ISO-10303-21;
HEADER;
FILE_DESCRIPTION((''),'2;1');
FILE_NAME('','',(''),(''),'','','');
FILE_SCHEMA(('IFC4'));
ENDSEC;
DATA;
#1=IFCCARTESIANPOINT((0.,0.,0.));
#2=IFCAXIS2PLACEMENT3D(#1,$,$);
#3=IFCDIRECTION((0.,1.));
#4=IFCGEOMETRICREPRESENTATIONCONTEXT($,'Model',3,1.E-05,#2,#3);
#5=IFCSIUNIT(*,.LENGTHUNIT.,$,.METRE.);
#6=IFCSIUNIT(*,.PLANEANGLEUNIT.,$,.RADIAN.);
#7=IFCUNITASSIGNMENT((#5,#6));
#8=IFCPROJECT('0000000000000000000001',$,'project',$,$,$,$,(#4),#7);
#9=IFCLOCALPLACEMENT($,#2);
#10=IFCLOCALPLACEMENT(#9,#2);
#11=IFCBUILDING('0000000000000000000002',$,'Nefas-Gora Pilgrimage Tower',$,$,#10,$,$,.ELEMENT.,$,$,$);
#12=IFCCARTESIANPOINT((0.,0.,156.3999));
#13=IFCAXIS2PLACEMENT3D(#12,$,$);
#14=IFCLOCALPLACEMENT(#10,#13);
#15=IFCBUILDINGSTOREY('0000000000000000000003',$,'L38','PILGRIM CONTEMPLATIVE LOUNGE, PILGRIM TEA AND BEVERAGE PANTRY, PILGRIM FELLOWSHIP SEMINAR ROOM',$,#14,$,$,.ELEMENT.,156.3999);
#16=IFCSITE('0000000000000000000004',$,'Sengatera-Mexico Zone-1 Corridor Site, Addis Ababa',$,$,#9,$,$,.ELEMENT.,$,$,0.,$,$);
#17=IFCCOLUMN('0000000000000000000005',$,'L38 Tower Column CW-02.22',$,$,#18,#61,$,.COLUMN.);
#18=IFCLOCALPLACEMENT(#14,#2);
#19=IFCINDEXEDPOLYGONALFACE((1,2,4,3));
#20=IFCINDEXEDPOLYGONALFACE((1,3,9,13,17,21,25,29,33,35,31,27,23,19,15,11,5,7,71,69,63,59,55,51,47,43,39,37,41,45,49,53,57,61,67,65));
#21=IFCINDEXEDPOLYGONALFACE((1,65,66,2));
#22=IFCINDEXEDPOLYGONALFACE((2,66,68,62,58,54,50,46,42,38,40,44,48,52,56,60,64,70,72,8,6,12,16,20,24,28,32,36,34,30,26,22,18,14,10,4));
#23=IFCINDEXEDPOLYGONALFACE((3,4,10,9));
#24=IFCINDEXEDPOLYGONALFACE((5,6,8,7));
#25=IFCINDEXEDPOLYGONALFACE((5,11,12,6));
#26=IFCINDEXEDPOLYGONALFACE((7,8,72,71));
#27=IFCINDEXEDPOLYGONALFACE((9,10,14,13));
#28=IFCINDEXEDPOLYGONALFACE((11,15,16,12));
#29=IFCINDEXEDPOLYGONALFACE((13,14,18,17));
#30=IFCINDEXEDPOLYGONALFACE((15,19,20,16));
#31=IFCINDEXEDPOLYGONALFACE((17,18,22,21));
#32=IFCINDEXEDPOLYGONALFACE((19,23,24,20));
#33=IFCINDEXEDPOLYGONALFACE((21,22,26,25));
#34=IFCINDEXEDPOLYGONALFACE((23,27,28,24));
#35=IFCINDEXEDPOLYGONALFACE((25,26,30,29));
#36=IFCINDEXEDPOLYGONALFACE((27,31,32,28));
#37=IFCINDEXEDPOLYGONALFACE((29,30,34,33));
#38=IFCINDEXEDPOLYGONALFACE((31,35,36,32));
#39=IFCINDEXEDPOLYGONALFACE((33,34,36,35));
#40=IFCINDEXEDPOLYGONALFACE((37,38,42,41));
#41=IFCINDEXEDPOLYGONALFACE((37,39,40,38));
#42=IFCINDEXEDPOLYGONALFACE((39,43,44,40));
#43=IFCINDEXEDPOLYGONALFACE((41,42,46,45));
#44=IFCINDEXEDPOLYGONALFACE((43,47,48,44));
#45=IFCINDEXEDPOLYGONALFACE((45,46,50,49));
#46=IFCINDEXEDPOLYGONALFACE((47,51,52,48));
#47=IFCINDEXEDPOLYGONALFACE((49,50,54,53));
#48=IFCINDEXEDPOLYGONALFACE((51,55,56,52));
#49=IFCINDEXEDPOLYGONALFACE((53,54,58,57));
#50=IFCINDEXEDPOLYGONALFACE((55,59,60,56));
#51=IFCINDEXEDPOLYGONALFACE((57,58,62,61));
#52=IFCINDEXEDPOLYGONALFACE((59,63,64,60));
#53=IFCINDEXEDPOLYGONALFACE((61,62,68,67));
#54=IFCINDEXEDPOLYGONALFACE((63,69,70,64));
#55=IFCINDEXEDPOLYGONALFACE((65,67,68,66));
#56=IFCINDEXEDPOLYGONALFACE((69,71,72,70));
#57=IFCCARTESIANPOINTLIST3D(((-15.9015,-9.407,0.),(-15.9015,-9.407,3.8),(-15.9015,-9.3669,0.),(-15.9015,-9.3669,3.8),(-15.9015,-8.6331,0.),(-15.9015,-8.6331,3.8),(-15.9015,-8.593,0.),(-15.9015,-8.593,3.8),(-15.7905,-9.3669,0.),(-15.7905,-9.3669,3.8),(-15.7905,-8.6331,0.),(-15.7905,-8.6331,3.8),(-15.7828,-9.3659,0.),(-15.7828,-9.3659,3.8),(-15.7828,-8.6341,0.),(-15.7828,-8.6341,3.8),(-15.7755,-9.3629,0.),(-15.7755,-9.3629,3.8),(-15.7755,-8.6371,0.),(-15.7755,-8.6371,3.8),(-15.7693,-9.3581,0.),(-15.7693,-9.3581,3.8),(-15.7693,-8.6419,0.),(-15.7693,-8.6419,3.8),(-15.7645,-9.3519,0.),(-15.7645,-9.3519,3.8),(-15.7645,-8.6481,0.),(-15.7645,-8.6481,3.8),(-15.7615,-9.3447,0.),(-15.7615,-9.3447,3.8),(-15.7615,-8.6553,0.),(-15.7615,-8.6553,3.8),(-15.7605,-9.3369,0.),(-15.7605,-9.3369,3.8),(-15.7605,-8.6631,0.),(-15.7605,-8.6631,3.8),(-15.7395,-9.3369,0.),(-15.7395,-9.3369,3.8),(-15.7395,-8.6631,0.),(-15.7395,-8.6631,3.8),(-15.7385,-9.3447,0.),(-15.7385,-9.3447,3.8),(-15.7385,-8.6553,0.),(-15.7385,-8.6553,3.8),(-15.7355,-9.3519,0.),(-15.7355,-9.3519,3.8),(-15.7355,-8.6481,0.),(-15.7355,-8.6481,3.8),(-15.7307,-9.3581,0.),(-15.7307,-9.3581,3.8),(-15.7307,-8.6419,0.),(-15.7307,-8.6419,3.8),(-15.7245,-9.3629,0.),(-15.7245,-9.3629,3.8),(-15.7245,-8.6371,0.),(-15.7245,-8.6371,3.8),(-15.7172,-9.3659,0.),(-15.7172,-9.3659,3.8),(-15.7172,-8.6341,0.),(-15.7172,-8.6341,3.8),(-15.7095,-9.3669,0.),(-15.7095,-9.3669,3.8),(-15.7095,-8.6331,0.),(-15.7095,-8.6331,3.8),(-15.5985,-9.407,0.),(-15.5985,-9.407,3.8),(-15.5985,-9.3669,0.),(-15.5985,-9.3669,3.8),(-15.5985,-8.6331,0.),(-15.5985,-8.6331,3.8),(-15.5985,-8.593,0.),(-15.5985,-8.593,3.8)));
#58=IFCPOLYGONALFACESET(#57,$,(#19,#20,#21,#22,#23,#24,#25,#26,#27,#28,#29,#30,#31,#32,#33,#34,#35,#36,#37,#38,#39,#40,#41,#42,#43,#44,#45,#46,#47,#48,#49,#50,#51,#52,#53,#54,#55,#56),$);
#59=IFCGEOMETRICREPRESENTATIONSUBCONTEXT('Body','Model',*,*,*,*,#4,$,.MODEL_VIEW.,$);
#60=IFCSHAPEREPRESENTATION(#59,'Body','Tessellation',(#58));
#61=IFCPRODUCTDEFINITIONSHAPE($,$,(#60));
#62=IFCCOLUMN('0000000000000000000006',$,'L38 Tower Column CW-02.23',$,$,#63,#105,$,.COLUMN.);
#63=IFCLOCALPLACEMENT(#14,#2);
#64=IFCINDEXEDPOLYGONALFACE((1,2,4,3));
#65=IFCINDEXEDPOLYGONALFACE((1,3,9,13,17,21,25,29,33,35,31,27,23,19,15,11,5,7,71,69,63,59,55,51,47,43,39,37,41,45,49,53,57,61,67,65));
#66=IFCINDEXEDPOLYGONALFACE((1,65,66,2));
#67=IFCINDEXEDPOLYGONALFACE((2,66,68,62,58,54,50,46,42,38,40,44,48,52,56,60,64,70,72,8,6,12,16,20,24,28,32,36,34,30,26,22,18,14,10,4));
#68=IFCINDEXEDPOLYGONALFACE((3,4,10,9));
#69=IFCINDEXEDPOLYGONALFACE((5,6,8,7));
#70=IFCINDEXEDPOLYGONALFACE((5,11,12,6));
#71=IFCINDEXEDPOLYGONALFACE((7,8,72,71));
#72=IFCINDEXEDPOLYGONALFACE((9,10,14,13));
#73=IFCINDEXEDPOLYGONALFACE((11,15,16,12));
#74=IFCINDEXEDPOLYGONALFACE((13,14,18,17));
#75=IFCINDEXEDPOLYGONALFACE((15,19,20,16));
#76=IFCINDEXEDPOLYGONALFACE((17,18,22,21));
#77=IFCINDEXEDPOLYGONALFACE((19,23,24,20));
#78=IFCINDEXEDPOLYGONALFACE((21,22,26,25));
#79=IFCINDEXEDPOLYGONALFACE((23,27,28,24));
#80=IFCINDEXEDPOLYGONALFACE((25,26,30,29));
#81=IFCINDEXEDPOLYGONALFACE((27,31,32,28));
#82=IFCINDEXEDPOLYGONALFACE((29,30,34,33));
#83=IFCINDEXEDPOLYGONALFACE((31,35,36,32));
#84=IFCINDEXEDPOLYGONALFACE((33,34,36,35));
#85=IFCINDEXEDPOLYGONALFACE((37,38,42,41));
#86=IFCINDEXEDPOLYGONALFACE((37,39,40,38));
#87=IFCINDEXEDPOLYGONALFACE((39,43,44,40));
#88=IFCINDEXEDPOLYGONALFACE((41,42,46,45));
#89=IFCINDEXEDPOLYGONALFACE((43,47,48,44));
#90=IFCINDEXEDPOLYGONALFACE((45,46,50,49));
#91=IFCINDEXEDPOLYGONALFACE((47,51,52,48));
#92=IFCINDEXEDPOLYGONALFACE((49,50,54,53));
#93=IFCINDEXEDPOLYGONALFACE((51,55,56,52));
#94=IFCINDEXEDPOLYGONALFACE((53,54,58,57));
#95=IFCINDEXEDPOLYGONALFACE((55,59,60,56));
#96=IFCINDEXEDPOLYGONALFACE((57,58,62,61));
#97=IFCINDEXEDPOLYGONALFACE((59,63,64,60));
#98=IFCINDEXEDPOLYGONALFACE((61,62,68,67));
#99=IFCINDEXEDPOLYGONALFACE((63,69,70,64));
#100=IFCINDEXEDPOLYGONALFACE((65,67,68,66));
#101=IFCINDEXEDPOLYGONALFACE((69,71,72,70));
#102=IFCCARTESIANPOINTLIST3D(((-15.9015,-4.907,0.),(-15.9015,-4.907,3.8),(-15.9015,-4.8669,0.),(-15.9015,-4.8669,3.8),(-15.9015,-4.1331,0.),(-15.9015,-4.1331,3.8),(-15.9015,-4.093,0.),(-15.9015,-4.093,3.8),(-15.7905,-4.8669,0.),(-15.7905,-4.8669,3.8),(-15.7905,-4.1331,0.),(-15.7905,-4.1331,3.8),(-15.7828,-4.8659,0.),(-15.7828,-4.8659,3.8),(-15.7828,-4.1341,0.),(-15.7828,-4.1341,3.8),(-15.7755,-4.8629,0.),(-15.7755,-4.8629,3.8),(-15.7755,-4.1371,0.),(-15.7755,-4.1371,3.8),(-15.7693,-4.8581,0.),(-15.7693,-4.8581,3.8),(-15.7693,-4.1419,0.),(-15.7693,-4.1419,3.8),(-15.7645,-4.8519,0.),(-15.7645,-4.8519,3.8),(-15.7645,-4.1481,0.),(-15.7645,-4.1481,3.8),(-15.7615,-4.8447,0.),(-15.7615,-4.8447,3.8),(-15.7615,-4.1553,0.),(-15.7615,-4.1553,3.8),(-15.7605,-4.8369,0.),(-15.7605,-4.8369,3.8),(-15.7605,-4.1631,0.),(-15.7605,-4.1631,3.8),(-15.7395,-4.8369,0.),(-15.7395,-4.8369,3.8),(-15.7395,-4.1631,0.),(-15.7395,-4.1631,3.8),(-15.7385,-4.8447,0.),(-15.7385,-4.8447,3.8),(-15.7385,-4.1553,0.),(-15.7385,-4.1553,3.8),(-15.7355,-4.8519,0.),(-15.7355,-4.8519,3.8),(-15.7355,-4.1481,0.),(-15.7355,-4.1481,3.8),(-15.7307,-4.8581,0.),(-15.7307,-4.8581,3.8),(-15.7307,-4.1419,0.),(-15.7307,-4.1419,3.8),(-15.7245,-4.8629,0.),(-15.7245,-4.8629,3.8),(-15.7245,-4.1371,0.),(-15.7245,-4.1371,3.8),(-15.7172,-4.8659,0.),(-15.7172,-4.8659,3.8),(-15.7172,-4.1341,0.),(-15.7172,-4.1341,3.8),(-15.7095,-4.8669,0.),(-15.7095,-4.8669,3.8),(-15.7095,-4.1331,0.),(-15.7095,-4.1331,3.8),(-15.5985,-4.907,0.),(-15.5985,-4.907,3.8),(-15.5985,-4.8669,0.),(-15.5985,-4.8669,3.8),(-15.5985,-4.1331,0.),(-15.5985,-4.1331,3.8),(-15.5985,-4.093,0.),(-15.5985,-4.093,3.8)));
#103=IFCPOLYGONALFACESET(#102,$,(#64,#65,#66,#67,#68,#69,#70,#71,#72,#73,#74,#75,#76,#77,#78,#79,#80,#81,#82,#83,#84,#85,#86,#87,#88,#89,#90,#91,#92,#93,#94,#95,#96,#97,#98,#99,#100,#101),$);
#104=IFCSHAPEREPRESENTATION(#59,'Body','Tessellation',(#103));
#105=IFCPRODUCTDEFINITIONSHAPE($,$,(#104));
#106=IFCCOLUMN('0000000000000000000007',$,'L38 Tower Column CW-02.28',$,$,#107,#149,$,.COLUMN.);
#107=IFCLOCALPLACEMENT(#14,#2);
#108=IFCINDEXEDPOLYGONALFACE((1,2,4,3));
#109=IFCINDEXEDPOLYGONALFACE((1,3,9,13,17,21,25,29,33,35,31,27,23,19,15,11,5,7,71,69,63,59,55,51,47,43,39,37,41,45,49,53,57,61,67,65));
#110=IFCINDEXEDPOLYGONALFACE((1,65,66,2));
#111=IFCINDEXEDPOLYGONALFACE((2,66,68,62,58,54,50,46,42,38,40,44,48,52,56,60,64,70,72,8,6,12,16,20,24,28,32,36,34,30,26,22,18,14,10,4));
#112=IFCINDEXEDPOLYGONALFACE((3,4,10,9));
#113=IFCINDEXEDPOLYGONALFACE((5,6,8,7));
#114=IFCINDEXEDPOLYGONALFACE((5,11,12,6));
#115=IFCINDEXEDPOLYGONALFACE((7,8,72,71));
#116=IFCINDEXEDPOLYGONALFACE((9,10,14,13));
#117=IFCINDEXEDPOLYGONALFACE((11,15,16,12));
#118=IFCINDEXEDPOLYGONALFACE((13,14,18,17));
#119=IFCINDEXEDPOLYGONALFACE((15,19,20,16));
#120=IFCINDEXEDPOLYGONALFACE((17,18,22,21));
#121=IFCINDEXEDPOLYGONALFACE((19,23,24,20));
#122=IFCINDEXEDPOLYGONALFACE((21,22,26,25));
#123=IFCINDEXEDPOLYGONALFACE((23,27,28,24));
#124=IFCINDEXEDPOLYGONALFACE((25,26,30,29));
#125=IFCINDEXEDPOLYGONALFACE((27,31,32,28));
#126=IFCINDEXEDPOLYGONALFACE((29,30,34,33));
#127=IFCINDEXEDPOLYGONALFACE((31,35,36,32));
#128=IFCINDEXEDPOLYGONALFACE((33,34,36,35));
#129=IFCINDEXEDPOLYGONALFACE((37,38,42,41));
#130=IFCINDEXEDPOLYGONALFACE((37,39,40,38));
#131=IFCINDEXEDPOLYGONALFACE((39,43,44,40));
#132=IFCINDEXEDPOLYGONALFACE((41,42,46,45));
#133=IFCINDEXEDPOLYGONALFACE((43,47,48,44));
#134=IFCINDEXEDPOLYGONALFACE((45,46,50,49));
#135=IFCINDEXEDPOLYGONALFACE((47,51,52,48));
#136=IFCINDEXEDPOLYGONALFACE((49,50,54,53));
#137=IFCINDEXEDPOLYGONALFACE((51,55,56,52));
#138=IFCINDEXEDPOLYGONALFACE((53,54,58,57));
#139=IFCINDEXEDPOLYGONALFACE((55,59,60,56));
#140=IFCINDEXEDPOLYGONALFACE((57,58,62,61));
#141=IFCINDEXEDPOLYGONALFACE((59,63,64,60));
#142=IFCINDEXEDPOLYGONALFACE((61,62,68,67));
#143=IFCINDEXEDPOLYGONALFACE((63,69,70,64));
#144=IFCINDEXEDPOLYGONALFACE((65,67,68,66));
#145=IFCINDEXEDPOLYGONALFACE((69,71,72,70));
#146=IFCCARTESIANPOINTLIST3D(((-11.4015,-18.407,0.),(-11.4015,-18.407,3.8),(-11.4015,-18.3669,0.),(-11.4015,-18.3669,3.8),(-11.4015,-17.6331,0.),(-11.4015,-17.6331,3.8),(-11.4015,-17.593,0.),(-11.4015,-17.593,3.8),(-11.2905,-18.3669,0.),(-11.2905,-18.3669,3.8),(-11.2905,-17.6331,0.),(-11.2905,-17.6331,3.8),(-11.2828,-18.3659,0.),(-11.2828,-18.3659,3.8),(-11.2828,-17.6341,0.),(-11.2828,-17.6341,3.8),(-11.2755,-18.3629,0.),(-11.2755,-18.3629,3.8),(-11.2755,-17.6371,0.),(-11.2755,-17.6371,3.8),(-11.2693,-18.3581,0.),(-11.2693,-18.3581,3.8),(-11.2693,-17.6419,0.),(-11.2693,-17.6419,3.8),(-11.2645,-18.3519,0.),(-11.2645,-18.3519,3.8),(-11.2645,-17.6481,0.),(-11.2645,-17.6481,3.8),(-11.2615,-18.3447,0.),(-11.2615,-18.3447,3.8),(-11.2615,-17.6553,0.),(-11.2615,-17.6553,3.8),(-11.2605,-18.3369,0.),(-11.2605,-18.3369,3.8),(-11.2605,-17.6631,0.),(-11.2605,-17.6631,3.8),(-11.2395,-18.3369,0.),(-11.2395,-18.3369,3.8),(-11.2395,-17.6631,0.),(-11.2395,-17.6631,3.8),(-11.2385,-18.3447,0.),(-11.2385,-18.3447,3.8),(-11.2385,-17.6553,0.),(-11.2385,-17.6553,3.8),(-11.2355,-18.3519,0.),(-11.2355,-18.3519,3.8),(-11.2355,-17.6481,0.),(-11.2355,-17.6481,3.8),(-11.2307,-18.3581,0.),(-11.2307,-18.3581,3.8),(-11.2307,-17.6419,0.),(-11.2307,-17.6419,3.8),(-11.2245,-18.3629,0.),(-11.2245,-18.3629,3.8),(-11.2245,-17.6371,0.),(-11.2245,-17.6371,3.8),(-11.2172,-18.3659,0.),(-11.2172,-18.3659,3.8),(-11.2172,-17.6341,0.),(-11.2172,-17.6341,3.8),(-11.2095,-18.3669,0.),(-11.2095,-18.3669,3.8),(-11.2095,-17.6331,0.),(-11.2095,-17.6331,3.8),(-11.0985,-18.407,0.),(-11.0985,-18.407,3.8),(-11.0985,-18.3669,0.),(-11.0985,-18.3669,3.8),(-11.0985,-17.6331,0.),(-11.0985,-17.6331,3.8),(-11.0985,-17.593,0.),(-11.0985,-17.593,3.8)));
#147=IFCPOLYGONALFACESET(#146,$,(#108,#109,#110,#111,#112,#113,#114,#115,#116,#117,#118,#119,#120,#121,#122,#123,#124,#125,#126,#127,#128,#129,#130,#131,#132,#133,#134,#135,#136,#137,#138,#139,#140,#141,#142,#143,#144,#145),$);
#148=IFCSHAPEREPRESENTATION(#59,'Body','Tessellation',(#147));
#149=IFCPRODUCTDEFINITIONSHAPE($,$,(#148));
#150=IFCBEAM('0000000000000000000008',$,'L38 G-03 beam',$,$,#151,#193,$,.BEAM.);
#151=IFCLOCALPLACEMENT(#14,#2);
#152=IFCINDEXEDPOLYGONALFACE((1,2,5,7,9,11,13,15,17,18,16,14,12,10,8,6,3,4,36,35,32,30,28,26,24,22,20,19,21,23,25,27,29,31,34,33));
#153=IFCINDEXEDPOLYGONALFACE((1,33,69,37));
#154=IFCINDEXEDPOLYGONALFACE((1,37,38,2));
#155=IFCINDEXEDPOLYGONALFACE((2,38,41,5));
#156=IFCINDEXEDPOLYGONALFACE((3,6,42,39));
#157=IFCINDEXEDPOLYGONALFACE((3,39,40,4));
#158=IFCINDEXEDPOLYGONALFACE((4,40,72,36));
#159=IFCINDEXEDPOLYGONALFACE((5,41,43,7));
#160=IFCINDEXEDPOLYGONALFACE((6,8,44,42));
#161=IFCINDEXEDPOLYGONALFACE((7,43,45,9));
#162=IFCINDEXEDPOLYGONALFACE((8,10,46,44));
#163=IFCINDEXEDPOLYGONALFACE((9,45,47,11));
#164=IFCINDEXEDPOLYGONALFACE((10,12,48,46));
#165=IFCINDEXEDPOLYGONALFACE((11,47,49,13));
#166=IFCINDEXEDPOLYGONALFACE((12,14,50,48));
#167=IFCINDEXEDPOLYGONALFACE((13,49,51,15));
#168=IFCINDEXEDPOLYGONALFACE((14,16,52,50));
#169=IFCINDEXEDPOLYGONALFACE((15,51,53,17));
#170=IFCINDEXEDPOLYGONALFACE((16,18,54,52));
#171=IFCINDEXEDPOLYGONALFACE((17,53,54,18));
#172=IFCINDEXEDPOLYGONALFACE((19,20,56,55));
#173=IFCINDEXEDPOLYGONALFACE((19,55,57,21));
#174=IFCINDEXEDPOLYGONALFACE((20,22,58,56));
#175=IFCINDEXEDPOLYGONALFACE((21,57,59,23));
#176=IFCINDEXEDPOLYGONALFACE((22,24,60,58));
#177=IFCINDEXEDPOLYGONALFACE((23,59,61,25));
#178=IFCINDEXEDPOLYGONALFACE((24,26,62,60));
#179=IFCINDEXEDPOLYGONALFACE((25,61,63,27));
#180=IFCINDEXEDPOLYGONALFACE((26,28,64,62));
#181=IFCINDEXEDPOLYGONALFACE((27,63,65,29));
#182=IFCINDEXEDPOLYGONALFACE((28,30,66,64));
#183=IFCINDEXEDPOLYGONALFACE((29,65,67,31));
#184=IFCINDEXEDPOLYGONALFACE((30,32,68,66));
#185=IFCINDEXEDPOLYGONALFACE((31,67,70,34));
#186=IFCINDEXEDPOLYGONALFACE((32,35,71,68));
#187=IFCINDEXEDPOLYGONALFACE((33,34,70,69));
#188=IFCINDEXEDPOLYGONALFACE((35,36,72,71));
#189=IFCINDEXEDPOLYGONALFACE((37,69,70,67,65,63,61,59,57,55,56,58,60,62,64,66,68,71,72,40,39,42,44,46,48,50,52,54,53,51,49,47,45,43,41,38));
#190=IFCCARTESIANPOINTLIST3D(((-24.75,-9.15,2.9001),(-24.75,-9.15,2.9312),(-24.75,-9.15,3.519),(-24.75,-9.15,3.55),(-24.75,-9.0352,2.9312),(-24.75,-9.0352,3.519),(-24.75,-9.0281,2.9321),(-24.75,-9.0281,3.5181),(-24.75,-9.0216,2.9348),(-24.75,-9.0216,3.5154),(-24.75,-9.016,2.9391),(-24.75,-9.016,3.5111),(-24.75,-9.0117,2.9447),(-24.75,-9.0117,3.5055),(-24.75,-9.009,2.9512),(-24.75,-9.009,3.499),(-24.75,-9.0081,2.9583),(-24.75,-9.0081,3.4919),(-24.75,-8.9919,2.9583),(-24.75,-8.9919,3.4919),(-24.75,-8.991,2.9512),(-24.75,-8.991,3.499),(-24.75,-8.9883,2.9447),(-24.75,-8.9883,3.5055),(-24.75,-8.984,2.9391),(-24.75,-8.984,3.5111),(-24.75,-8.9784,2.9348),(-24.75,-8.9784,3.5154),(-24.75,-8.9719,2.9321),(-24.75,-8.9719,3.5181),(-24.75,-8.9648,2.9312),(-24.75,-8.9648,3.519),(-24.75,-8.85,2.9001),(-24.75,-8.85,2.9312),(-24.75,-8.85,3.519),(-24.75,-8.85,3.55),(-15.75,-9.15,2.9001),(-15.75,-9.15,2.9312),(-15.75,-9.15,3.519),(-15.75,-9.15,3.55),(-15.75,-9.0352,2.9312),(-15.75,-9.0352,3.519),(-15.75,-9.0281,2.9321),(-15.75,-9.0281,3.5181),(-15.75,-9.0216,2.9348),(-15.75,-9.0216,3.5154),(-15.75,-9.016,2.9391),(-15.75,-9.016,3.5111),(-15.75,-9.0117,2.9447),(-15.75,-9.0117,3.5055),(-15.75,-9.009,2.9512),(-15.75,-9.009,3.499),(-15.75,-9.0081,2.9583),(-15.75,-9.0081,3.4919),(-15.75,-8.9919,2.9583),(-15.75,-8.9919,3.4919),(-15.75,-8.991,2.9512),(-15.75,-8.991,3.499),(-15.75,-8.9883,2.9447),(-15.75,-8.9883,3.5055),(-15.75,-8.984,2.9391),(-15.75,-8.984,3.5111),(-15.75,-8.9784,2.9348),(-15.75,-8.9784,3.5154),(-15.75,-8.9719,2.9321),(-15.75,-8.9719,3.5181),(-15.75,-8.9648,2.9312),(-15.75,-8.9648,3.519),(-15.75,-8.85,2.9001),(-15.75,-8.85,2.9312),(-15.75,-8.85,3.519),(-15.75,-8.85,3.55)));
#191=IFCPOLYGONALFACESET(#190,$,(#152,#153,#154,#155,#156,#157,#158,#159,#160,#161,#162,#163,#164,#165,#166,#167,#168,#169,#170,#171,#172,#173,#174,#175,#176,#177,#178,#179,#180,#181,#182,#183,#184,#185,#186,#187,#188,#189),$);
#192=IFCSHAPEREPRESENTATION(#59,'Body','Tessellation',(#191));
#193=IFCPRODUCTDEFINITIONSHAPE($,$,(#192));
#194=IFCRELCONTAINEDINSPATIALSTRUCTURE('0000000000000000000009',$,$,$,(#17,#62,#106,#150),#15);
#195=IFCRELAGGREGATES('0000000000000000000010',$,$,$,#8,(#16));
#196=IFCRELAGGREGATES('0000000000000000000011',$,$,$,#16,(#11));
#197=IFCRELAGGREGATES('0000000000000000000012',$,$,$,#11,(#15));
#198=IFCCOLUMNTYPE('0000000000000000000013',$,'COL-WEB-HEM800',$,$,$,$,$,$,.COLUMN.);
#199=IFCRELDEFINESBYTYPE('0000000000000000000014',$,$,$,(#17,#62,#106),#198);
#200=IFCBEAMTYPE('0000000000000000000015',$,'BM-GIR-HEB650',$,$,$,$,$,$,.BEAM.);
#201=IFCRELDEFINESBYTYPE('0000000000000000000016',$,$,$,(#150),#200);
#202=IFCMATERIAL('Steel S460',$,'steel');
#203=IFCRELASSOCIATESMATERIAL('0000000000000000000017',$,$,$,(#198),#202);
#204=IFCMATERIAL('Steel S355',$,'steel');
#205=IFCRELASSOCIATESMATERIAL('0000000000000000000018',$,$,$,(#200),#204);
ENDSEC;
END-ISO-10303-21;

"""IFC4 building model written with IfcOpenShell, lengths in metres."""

from ifc_helpers import new_model, si_unit, direction, frame, origin, origin_2d, place, context, subcontext, project, spatial, i_section, extrude, source, transform, mapped, material, material_profile, profile_set, type_object, element, save


model = new_model("IFC4")

# Units and contexts
model_context = context("Model", 3, precision=1e-05, world=origin(), true_north=direction((0.0, 1.0)))
body_context = subcontext(model_context, "Body", "Model", "MODEL_VIEW")
ifc_project = project(units=[si_unit("LENGTHUNIT", "METRE"), si_unit("PLANEANGLEUNIT", "RADIAN")], contexts=[model_context])

# Site, building, storey
site_placement = place(None, origin())
site = spatial("IfcSite", under=ifc_project, at=site_placement, Name="Sengatera-Mexico Zone-1 Corridor Site, Addis Ababa", CompositionType="ELEMENT", RefElevation=0.0)
building_placement = place(site_placement, origin())
building = spatial("IfcBuilding", under=site, at=building_placement, Name="Nefas-Gora Pilgrimage Tower", CompositionType="ELEMENT")
storey_placement = place(building_placement, frame((0.0, 0.0, 156.3999)))
storey = spatial("IfcBuildingStorey", under=building, at=storey_placement, Name="L38", Description="PILGRIM CONTEMPLATIVE LOUNGE, PILGRIM TEA AND BEVERAGE PANTRY, PILGRIM FELLOWSHIP SEMINAR ROOM", CompositionType="ELEMENT", Elevation=156.3999)

# Columns
ifc_material_1 = material(Name="Steel S460", Category="steel")
ifc_material_profile_1 = material_profile(ifc_material_1, i_section(OverallWidth=0.303, OverallDepth=0.814, WebThickness=0.021, FlangeThickness=0.04, FilletRadius=0.03, at=origin_2d()), Name="HEM 800")
ifc_profile_set_1 = profile_set([ifc_material_profile_1], Name="Steel S460")
column_type_1 = type_object("IfcColumnType", Name="COL-WEB-HEM800", PredefinedType="COLUMN", material=ifc_profile_set_1)
shared_shape_1 = source(origin(), body_context, "Body", "SweptSolid", [
    extrude(i_section(OverallWidth=0.303, OverallDepth=0.814, WebThickness=0.021, FlangeThickness=0.04, FilletRadius=0.03, at=origin_2d()), origin(), (0.0, 0.0, 1.0), 3.8),
])
for number, where, z_axis, x_axis, name in (
    (1, (-15.75, -9.0, 0.0), (0.0, 0.0, 1.0), (1.0, 0.0, 0.0), "L38 Tower Column CW-02.22"),
    (2, (-15.75, -4.5, 0.0), (0.0, 0.0, 1.0), (1.0, 0.0, 0.0), "L38 Tower Column CW-02.23"),
    (3, (-11.25, -18.0, 0.0), (0.0, 0.0, 1.0), (1.0, 0.0, 0.0), "L38 Tower Column CW-02.28"),
):
    element("IfcColumn", number, at=place(storey_placement, frame(where, z_axis=z_axis, x_axis=x_axis)), inside=storey, type_object=column_type_1, Name=name, PredefinedType="COLUMN", context=body_context, shape_type="MappedRepresentation", body=[
        mapped(shared_shape_1, transform((0.0, 0.0, 0.0), x_axis=(1.0, 0.0, 0.0), y_axis=(0.0, 1.0, 0.0), z_axis=(0.0, 0.0, 1.0), scale=1.0)),
    ])

# Beam
ifc_material_2 = material(Name="Steel S355", Category="steel")
ifc_material_profile_2 = material_profile(ifc_material_2, i_section(OverallWidth=0.3, OverallDepth=0.6499, WebThickness=0.0161, FlangeThickness=0.031, FilletRadius=0.0271, at=origin_2d()), Name="HEB 650")
ifc_profile_set_2 = profile_set([ifc_material_profile_2], Name="Steel S355")
beam_type = type_object("IfcBeamType", Name="BM-GIR-HEB650", PredefinedType="BEAM", material=ifc_profile_set_2)
shared_shape_2 = source(origin(), body_context, "Body", "SweptSolid", [
    extrude(i_section(OverallWidth=0.3, OverallDepth=0.6499, WebThickness=0.0161, FlangeThickness=0.031, FilletRadius=0.0271, at=origin_2d()), origin(), (0.0, 0.0, 1.0), 9.0),
])
for number, where, z_axis, x_axis, name in (
    (4, (-24.75, -9.0, 3.2251), (1.0, 0.0, 0.0), (0.0, 1.0, 0.0), "L38 G-03 beam"),
):
    element("IfcBeam", number, at=place(storey_placement, frame(where, z_axis=z_axis, x_axis=x_axis)), inside=storey, type_object=beam_type, Name=name, PredefinedType="BEAM", context=body_context, shape_type="MappedRepresentation", body=[
        mapped(shared_shape_2, transform((0.0, 0.0, 0.0), x_axis=(1.0, 0.0, 0.0), y_axis=(0.0, 1.0, 0.0), z_axis=(0.0, 0.0, 1.0), scale=1.0)),
    ])

save(model, "model.ifc")
